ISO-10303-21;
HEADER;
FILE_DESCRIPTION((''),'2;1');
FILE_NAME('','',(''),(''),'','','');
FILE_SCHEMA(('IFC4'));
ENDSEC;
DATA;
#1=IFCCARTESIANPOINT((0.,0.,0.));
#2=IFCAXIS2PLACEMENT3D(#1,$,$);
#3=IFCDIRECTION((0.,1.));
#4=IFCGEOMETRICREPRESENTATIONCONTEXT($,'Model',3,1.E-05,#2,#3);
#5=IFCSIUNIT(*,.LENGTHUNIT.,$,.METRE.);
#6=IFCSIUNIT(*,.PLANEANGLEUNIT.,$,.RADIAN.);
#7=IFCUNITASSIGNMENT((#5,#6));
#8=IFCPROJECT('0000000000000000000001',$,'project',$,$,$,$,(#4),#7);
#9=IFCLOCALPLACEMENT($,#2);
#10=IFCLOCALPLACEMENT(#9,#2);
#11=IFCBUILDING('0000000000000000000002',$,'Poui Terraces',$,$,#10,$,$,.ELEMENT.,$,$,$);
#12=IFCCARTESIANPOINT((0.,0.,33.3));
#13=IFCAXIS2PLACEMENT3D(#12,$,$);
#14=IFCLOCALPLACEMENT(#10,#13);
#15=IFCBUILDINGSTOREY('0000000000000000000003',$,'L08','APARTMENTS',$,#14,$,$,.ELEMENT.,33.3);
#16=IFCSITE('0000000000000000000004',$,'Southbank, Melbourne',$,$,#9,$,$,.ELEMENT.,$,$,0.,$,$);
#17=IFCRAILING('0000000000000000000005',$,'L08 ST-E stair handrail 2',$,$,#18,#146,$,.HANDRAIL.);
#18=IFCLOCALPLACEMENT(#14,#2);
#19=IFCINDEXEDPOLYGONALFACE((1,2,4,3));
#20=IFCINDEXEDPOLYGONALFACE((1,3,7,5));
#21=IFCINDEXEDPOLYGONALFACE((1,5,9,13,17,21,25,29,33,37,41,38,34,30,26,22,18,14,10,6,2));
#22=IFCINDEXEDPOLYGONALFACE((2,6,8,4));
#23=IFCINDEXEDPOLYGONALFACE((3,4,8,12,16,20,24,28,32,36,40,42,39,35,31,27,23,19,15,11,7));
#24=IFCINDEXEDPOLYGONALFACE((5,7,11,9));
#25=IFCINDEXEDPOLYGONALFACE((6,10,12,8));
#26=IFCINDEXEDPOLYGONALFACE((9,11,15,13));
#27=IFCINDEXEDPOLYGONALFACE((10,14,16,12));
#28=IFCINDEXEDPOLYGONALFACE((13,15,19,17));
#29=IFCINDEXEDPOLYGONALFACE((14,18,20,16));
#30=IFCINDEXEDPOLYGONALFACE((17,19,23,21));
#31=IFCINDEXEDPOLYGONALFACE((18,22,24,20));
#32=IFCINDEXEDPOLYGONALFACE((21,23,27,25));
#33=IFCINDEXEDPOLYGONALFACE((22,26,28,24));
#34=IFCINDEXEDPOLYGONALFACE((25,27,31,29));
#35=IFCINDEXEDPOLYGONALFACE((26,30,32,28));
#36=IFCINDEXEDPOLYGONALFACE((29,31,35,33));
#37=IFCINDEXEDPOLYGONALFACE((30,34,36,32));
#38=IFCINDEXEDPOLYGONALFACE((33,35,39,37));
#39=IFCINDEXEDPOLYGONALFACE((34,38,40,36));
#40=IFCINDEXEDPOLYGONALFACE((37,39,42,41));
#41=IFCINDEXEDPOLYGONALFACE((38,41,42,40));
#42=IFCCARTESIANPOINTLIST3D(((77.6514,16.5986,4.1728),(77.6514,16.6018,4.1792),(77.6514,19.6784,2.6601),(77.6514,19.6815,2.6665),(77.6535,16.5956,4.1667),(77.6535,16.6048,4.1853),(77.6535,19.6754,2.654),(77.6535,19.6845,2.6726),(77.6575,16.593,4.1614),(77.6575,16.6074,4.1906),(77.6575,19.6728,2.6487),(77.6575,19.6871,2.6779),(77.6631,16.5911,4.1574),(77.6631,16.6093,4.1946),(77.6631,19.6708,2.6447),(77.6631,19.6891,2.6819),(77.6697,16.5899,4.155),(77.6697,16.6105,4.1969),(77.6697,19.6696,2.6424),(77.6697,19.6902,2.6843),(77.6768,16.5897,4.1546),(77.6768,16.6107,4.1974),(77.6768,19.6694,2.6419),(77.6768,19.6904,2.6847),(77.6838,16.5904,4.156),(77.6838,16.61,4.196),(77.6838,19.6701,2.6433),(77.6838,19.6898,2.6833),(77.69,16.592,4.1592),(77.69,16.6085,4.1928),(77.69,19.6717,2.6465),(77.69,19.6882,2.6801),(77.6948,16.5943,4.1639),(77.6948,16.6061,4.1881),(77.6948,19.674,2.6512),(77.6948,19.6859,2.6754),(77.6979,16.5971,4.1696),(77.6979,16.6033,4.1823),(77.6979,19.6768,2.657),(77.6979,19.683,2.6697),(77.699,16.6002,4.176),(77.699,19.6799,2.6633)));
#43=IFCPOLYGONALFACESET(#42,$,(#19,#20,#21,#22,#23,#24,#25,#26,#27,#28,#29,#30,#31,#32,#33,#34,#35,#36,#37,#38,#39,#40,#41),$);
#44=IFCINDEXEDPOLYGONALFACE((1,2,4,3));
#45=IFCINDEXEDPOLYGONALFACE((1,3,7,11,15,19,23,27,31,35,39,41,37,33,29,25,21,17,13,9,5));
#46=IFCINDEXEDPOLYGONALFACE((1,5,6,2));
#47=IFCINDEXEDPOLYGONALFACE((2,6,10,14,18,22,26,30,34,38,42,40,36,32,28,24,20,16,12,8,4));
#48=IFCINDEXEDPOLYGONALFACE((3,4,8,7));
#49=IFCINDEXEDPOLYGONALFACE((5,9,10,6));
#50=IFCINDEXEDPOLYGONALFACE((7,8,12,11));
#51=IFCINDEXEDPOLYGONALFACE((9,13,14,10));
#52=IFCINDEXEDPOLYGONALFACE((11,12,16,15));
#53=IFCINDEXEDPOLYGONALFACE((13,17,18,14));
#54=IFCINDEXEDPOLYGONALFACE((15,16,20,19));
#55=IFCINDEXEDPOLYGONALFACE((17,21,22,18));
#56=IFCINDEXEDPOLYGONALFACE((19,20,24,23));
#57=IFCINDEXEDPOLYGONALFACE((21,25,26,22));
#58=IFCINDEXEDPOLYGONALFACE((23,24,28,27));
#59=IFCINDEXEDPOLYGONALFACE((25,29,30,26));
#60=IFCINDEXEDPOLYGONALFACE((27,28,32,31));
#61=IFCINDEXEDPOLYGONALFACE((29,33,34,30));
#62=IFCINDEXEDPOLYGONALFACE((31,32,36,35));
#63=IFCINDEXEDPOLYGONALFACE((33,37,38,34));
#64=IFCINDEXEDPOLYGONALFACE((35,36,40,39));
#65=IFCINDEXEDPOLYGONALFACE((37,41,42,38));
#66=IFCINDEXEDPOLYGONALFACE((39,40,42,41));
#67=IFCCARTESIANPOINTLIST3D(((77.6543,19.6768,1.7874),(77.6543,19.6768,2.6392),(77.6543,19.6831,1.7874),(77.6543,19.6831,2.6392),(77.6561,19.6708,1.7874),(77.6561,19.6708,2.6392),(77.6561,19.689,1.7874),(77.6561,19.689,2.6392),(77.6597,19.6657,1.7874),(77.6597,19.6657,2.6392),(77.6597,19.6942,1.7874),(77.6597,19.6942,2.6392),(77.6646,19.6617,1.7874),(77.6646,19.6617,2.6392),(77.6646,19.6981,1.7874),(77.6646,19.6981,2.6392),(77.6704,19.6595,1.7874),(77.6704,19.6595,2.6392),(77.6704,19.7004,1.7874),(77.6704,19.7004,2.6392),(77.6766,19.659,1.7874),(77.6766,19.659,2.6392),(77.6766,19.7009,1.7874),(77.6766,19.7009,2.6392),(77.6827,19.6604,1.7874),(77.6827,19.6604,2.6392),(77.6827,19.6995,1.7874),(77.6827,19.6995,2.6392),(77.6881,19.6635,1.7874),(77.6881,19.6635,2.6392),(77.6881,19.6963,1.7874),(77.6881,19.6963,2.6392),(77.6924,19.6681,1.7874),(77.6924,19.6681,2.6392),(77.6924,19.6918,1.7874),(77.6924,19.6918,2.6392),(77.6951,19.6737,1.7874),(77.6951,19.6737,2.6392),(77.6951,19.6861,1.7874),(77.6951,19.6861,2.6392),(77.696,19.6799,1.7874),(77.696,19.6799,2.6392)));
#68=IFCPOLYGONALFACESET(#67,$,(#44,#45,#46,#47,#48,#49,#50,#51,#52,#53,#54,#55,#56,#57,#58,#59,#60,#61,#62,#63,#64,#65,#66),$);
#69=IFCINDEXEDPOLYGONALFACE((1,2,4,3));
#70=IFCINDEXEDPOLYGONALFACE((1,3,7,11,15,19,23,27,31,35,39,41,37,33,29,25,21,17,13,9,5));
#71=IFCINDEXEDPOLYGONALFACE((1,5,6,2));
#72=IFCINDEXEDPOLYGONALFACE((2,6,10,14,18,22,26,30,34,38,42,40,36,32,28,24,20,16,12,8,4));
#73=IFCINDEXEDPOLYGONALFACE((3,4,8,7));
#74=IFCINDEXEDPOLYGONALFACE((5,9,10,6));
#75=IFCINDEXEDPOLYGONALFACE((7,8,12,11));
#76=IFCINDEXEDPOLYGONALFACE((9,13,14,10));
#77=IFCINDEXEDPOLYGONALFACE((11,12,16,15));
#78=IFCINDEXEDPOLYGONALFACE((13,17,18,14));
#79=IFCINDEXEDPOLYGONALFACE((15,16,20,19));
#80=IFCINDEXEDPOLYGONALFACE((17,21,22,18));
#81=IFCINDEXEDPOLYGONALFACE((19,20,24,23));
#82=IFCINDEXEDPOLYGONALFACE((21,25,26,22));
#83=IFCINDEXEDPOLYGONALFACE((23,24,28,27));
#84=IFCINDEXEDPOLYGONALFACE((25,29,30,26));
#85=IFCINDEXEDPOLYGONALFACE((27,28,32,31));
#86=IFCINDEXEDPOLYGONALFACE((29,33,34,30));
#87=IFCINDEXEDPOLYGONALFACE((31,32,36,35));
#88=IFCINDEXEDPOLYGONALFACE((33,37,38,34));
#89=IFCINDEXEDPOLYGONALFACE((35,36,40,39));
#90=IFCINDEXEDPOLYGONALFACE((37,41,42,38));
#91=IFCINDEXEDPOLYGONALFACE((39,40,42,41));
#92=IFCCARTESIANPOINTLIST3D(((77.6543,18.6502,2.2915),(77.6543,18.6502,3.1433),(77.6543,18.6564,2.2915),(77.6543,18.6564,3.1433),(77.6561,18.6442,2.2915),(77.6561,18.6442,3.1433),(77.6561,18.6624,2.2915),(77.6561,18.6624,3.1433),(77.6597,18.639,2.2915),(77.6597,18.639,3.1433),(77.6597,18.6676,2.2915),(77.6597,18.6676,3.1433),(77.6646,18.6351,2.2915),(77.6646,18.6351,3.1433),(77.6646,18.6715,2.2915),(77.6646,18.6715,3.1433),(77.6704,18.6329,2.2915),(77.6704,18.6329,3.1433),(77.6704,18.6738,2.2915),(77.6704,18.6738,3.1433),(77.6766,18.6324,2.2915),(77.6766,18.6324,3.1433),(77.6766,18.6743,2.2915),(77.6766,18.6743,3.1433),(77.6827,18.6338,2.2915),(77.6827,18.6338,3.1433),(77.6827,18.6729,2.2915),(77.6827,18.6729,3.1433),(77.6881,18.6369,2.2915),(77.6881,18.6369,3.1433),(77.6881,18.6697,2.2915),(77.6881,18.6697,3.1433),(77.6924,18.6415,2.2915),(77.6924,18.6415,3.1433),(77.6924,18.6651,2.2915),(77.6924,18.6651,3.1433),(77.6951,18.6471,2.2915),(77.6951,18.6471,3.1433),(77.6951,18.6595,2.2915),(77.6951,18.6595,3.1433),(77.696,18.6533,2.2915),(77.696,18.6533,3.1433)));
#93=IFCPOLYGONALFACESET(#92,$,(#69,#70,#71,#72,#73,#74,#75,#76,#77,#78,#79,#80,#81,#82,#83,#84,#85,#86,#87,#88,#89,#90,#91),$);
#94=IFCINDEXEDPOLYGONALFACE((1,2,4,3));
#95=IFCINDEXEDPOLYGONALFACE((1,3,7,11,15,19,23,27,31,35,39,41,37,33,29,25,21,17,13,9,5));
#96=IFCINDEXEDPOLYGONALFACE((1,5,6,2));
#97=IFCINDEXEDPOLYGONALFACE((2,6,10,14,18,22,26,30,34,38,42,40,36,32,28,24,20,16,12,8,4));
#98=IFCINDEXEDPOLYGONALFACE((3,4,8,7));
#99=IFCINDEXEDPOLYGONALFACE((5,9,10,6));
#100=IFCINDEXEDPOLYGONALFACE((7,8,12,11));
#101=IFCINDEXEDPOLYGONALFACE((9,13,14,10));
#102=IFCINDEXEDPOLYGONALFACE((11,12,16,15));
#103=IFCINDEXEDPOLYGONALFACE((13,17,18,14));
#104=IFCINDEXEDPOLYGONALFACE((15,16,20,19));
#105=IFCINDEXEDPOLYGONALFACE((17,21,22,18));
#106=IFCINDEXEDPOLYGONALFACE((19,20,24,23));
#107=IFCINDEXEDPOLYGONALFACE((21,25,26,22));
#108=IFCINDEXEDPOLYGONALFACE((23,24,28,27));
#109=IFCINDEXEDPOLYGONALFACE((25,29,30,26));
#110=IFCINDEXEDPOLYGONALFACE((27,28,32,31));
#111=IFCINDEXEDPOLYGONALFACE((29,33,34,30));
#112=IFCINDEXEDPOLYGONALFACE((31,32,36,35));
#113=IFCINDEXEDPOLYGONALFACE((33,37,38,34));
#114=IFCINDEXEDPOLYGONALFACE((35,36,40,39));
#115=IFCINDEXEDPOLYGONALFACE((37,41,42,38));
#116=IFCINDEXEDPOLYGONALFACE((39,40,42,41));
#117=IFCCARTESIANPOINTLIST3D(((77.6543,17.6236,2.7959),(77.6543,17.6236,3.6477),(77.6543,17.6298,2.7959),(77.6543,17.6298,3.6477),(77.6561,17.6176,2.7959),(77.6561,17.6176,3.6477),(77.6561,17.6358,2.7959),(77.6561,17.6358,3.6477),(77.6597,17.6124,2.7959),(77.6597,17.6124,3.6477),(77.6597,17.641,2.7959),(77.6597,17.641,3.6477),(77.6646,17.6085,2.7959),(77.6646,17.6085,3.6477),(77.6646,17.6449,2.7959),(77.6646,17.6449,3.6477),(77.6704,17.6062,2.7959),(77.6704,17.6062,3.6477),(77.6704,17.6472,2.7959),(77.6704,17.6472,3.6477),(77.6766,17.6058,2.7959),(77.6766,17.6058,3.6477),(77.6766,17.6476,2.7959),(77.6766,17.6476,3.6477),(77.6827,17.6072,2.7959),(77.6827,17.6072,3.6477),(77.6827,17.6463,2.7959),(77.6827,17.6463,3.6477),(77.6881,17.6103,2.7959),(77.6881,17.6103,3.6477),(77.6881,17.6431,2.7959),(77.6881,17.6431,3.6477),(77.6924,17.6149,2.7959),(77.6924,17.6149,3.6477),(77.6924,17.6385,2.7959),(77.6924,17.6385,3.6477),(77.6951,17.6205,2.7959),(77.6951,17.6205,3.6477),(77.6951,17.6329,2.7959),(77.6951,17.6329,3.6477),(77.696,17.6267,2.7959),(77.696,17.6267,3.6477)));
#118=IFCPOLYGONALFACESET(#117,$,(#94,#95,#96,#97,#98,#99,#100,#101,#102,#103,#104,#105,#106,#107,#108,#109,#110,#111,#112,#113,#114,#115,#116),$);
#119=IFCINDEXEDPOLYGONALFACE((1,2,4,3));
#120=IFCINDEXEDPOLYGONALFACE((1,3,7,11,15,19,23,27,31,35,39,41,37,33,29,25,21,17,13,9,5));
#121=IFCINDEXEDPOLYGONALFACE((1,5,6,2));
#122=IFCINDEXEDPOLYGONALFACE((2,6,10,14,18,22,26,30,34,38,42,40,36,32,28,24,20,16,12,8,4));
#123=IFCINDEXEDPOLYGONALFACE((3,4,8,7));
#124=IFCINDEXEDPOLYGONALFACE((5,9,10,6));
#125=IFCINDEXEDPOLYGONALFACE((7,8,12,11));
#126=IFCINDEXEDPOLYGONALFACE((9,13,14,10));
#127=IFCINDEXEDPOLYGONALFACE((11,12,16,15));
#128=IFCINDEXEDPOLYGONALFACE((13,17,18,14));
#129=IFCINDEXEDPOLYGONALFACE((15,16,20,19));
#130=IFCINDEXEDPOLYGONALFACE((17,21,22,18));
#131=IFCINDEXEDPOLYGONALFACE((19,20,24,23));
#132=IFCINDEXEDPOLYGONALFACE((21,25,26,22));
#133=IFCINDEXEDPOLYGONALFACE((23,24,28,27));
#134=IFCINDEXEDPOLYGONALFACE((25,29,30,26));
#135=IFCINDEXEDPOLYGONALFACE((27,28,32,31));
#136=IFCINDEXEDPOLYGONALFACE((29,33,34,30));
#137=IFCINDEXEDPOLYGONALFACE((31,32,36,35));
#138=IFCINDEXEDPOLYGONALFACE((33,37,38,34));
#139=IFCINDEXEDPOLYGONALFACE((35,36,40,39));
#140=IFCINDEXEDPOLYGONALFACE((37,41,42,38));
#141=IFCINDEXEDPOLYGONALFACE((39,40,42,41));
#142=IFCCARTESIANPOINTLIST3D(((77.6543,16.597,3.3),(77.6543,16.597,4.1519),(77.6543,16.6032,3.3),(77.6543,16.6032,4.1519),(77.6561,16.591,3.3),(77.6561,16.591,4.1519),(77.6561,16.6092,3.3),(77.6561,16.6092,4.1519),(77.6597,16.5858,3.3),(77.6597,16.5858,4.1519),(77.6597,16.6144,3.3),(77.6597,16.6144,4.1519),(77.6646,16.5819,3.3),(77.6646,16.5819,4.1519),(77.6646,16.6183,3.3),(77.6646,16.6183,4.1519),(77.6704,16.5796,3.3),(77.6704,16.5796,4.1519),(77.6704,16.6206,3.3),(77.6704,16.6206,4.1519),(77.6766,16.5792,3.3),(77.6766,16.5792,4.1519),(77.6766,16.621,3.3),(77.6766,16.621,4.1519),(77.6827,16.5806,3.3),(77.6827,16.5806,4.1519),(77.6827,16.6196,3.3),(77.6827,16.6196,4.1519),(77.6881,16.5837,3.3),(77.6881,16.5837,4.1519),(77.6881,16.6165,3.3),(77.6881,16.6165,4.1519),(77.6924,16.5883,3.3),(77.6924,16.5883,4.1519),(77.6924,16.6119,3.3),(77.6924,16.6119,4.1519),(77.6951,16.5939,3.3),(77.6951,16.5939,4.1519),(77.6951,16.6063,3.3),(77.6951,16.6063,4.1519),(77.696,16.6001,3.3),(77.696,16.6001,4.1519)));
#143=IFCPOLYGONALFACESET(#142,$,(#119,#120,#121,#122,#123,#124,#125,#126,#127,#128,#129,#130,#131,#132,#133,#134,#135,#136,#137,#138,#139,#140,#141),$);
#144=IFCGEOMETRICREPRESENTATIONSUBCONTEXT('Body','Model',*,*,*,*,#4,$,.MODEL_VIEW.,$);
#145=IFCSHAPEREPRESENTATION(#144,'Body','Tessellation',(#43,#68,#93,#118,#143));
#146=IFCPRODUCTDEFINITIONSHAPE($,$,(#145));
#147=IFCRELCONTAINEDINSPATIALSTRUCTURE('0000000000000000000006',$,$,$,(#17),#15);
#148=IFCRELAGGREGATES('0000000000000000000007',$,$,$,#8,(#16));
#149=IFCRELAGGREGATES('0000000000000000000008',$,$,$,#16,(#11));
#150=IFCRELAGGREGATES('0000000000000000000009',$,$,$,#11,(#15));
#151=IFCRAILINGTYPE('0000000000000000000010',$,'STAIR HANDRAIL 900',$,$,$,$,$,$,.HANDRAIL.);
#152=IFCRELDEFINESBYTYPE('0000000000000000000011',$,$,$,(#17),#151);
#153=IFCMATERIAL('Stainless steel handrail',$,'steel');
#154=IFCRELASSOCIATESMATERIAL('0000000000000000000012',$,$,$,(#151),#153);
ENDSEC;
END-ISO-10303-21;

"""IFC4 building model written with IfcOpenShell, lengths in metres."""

from ifc_helpers import new_model, si_unit, direction, frame, origin, origin_2d, place, context, subcontext, project, spatial, circle, extrude, material, type_object, element, save


model = new_model("IFC4")

# Units and contexts
model_context = context("Model", 3, precision=1e-05, world=origin(), true_north=direction((0.0, 1.0)))
body_context = subcontext(model_context, "Body", "Model", "MODEL_VIEW")
ifc_project = project(units=[si_unit("LENGTHUNIT", "METRE"), si_unit("PLANEANGLEUNIT", "RADIAN")], contexts=[model_context])

# Site, building, storey
site_placement = place(None, origin())
site = spatial("IfcSite", under=ifc_project, at=site_placement, Name="Southbank, Melbourne", CompositionType="ELEMENT", RefElevation=0.0)
building_placement = place(site_placement, origin())
building = spatial("IfcBuilding", under=site, at=building_placement, Name="Poui Terraces", CompositionType="ELEMENT")
storey_placement = place(building_placement, frame((0.0, 0.0, 33.3)))
storey = spatial("IfcBuildingStorey", under=building, at=storey_placement, Name="L08", Description="APARTMENTS", CompositionType="ELEMENT", Elevation=33.3)

# Railing
ifc_material_1 = material(Name="Stainless steel handrail", Category="steel")
railing_type_1 = type_object("IfcRailingType", Name="STAIR HANDRAIL 900", PredefinedType="HANDRAIL", material=ifc_material_1)
railing_1_placement = place(storey_placement, frame((77.675, 19.6799, 1.7874)))
element("IfcRailing", 1, at=railing_1_placement, inside=storey, type_object=railing_type_1, Name="L08 ST-E stair handrail 2", PredefinedType="HANDRAIL", context=body_context, shape_type="SweptSolid", body=[
    extrude(circle(Radius=0.0239, at=origin_2d()), frame((0.0, 0.0, 0.876), z_axis=(0.0, -0.897578, 0.440856), x_axis=(1.0, 0.0, 0.0)), (0.0, 0.0, 1.0), 3.4312),
    extrude(circle(Radius=0.021, at=origin_2d()), origin(), (0.0, 0.0, 1.0), 0.8518),
    extrude(circle(Radius=0.021, at=origin_2d()), frame((0.0, -1.0266, 0.5042)), (0.0, 0.0, 1.0), 0.8518),
    extrude(circle(Radius=0.021, at=origin_2d()), frame((0.0, -2.0532, 1.0085)), (0.0, 0.0, 1.0), 0.8518),
    extrude(circle(Radius=0.021, at=origin_2d()), frame((0.0, -3.0798, 1.5127)), (0.0, 0.0, 1.0), 0.8518),
])

save(model, "model.ifc")
